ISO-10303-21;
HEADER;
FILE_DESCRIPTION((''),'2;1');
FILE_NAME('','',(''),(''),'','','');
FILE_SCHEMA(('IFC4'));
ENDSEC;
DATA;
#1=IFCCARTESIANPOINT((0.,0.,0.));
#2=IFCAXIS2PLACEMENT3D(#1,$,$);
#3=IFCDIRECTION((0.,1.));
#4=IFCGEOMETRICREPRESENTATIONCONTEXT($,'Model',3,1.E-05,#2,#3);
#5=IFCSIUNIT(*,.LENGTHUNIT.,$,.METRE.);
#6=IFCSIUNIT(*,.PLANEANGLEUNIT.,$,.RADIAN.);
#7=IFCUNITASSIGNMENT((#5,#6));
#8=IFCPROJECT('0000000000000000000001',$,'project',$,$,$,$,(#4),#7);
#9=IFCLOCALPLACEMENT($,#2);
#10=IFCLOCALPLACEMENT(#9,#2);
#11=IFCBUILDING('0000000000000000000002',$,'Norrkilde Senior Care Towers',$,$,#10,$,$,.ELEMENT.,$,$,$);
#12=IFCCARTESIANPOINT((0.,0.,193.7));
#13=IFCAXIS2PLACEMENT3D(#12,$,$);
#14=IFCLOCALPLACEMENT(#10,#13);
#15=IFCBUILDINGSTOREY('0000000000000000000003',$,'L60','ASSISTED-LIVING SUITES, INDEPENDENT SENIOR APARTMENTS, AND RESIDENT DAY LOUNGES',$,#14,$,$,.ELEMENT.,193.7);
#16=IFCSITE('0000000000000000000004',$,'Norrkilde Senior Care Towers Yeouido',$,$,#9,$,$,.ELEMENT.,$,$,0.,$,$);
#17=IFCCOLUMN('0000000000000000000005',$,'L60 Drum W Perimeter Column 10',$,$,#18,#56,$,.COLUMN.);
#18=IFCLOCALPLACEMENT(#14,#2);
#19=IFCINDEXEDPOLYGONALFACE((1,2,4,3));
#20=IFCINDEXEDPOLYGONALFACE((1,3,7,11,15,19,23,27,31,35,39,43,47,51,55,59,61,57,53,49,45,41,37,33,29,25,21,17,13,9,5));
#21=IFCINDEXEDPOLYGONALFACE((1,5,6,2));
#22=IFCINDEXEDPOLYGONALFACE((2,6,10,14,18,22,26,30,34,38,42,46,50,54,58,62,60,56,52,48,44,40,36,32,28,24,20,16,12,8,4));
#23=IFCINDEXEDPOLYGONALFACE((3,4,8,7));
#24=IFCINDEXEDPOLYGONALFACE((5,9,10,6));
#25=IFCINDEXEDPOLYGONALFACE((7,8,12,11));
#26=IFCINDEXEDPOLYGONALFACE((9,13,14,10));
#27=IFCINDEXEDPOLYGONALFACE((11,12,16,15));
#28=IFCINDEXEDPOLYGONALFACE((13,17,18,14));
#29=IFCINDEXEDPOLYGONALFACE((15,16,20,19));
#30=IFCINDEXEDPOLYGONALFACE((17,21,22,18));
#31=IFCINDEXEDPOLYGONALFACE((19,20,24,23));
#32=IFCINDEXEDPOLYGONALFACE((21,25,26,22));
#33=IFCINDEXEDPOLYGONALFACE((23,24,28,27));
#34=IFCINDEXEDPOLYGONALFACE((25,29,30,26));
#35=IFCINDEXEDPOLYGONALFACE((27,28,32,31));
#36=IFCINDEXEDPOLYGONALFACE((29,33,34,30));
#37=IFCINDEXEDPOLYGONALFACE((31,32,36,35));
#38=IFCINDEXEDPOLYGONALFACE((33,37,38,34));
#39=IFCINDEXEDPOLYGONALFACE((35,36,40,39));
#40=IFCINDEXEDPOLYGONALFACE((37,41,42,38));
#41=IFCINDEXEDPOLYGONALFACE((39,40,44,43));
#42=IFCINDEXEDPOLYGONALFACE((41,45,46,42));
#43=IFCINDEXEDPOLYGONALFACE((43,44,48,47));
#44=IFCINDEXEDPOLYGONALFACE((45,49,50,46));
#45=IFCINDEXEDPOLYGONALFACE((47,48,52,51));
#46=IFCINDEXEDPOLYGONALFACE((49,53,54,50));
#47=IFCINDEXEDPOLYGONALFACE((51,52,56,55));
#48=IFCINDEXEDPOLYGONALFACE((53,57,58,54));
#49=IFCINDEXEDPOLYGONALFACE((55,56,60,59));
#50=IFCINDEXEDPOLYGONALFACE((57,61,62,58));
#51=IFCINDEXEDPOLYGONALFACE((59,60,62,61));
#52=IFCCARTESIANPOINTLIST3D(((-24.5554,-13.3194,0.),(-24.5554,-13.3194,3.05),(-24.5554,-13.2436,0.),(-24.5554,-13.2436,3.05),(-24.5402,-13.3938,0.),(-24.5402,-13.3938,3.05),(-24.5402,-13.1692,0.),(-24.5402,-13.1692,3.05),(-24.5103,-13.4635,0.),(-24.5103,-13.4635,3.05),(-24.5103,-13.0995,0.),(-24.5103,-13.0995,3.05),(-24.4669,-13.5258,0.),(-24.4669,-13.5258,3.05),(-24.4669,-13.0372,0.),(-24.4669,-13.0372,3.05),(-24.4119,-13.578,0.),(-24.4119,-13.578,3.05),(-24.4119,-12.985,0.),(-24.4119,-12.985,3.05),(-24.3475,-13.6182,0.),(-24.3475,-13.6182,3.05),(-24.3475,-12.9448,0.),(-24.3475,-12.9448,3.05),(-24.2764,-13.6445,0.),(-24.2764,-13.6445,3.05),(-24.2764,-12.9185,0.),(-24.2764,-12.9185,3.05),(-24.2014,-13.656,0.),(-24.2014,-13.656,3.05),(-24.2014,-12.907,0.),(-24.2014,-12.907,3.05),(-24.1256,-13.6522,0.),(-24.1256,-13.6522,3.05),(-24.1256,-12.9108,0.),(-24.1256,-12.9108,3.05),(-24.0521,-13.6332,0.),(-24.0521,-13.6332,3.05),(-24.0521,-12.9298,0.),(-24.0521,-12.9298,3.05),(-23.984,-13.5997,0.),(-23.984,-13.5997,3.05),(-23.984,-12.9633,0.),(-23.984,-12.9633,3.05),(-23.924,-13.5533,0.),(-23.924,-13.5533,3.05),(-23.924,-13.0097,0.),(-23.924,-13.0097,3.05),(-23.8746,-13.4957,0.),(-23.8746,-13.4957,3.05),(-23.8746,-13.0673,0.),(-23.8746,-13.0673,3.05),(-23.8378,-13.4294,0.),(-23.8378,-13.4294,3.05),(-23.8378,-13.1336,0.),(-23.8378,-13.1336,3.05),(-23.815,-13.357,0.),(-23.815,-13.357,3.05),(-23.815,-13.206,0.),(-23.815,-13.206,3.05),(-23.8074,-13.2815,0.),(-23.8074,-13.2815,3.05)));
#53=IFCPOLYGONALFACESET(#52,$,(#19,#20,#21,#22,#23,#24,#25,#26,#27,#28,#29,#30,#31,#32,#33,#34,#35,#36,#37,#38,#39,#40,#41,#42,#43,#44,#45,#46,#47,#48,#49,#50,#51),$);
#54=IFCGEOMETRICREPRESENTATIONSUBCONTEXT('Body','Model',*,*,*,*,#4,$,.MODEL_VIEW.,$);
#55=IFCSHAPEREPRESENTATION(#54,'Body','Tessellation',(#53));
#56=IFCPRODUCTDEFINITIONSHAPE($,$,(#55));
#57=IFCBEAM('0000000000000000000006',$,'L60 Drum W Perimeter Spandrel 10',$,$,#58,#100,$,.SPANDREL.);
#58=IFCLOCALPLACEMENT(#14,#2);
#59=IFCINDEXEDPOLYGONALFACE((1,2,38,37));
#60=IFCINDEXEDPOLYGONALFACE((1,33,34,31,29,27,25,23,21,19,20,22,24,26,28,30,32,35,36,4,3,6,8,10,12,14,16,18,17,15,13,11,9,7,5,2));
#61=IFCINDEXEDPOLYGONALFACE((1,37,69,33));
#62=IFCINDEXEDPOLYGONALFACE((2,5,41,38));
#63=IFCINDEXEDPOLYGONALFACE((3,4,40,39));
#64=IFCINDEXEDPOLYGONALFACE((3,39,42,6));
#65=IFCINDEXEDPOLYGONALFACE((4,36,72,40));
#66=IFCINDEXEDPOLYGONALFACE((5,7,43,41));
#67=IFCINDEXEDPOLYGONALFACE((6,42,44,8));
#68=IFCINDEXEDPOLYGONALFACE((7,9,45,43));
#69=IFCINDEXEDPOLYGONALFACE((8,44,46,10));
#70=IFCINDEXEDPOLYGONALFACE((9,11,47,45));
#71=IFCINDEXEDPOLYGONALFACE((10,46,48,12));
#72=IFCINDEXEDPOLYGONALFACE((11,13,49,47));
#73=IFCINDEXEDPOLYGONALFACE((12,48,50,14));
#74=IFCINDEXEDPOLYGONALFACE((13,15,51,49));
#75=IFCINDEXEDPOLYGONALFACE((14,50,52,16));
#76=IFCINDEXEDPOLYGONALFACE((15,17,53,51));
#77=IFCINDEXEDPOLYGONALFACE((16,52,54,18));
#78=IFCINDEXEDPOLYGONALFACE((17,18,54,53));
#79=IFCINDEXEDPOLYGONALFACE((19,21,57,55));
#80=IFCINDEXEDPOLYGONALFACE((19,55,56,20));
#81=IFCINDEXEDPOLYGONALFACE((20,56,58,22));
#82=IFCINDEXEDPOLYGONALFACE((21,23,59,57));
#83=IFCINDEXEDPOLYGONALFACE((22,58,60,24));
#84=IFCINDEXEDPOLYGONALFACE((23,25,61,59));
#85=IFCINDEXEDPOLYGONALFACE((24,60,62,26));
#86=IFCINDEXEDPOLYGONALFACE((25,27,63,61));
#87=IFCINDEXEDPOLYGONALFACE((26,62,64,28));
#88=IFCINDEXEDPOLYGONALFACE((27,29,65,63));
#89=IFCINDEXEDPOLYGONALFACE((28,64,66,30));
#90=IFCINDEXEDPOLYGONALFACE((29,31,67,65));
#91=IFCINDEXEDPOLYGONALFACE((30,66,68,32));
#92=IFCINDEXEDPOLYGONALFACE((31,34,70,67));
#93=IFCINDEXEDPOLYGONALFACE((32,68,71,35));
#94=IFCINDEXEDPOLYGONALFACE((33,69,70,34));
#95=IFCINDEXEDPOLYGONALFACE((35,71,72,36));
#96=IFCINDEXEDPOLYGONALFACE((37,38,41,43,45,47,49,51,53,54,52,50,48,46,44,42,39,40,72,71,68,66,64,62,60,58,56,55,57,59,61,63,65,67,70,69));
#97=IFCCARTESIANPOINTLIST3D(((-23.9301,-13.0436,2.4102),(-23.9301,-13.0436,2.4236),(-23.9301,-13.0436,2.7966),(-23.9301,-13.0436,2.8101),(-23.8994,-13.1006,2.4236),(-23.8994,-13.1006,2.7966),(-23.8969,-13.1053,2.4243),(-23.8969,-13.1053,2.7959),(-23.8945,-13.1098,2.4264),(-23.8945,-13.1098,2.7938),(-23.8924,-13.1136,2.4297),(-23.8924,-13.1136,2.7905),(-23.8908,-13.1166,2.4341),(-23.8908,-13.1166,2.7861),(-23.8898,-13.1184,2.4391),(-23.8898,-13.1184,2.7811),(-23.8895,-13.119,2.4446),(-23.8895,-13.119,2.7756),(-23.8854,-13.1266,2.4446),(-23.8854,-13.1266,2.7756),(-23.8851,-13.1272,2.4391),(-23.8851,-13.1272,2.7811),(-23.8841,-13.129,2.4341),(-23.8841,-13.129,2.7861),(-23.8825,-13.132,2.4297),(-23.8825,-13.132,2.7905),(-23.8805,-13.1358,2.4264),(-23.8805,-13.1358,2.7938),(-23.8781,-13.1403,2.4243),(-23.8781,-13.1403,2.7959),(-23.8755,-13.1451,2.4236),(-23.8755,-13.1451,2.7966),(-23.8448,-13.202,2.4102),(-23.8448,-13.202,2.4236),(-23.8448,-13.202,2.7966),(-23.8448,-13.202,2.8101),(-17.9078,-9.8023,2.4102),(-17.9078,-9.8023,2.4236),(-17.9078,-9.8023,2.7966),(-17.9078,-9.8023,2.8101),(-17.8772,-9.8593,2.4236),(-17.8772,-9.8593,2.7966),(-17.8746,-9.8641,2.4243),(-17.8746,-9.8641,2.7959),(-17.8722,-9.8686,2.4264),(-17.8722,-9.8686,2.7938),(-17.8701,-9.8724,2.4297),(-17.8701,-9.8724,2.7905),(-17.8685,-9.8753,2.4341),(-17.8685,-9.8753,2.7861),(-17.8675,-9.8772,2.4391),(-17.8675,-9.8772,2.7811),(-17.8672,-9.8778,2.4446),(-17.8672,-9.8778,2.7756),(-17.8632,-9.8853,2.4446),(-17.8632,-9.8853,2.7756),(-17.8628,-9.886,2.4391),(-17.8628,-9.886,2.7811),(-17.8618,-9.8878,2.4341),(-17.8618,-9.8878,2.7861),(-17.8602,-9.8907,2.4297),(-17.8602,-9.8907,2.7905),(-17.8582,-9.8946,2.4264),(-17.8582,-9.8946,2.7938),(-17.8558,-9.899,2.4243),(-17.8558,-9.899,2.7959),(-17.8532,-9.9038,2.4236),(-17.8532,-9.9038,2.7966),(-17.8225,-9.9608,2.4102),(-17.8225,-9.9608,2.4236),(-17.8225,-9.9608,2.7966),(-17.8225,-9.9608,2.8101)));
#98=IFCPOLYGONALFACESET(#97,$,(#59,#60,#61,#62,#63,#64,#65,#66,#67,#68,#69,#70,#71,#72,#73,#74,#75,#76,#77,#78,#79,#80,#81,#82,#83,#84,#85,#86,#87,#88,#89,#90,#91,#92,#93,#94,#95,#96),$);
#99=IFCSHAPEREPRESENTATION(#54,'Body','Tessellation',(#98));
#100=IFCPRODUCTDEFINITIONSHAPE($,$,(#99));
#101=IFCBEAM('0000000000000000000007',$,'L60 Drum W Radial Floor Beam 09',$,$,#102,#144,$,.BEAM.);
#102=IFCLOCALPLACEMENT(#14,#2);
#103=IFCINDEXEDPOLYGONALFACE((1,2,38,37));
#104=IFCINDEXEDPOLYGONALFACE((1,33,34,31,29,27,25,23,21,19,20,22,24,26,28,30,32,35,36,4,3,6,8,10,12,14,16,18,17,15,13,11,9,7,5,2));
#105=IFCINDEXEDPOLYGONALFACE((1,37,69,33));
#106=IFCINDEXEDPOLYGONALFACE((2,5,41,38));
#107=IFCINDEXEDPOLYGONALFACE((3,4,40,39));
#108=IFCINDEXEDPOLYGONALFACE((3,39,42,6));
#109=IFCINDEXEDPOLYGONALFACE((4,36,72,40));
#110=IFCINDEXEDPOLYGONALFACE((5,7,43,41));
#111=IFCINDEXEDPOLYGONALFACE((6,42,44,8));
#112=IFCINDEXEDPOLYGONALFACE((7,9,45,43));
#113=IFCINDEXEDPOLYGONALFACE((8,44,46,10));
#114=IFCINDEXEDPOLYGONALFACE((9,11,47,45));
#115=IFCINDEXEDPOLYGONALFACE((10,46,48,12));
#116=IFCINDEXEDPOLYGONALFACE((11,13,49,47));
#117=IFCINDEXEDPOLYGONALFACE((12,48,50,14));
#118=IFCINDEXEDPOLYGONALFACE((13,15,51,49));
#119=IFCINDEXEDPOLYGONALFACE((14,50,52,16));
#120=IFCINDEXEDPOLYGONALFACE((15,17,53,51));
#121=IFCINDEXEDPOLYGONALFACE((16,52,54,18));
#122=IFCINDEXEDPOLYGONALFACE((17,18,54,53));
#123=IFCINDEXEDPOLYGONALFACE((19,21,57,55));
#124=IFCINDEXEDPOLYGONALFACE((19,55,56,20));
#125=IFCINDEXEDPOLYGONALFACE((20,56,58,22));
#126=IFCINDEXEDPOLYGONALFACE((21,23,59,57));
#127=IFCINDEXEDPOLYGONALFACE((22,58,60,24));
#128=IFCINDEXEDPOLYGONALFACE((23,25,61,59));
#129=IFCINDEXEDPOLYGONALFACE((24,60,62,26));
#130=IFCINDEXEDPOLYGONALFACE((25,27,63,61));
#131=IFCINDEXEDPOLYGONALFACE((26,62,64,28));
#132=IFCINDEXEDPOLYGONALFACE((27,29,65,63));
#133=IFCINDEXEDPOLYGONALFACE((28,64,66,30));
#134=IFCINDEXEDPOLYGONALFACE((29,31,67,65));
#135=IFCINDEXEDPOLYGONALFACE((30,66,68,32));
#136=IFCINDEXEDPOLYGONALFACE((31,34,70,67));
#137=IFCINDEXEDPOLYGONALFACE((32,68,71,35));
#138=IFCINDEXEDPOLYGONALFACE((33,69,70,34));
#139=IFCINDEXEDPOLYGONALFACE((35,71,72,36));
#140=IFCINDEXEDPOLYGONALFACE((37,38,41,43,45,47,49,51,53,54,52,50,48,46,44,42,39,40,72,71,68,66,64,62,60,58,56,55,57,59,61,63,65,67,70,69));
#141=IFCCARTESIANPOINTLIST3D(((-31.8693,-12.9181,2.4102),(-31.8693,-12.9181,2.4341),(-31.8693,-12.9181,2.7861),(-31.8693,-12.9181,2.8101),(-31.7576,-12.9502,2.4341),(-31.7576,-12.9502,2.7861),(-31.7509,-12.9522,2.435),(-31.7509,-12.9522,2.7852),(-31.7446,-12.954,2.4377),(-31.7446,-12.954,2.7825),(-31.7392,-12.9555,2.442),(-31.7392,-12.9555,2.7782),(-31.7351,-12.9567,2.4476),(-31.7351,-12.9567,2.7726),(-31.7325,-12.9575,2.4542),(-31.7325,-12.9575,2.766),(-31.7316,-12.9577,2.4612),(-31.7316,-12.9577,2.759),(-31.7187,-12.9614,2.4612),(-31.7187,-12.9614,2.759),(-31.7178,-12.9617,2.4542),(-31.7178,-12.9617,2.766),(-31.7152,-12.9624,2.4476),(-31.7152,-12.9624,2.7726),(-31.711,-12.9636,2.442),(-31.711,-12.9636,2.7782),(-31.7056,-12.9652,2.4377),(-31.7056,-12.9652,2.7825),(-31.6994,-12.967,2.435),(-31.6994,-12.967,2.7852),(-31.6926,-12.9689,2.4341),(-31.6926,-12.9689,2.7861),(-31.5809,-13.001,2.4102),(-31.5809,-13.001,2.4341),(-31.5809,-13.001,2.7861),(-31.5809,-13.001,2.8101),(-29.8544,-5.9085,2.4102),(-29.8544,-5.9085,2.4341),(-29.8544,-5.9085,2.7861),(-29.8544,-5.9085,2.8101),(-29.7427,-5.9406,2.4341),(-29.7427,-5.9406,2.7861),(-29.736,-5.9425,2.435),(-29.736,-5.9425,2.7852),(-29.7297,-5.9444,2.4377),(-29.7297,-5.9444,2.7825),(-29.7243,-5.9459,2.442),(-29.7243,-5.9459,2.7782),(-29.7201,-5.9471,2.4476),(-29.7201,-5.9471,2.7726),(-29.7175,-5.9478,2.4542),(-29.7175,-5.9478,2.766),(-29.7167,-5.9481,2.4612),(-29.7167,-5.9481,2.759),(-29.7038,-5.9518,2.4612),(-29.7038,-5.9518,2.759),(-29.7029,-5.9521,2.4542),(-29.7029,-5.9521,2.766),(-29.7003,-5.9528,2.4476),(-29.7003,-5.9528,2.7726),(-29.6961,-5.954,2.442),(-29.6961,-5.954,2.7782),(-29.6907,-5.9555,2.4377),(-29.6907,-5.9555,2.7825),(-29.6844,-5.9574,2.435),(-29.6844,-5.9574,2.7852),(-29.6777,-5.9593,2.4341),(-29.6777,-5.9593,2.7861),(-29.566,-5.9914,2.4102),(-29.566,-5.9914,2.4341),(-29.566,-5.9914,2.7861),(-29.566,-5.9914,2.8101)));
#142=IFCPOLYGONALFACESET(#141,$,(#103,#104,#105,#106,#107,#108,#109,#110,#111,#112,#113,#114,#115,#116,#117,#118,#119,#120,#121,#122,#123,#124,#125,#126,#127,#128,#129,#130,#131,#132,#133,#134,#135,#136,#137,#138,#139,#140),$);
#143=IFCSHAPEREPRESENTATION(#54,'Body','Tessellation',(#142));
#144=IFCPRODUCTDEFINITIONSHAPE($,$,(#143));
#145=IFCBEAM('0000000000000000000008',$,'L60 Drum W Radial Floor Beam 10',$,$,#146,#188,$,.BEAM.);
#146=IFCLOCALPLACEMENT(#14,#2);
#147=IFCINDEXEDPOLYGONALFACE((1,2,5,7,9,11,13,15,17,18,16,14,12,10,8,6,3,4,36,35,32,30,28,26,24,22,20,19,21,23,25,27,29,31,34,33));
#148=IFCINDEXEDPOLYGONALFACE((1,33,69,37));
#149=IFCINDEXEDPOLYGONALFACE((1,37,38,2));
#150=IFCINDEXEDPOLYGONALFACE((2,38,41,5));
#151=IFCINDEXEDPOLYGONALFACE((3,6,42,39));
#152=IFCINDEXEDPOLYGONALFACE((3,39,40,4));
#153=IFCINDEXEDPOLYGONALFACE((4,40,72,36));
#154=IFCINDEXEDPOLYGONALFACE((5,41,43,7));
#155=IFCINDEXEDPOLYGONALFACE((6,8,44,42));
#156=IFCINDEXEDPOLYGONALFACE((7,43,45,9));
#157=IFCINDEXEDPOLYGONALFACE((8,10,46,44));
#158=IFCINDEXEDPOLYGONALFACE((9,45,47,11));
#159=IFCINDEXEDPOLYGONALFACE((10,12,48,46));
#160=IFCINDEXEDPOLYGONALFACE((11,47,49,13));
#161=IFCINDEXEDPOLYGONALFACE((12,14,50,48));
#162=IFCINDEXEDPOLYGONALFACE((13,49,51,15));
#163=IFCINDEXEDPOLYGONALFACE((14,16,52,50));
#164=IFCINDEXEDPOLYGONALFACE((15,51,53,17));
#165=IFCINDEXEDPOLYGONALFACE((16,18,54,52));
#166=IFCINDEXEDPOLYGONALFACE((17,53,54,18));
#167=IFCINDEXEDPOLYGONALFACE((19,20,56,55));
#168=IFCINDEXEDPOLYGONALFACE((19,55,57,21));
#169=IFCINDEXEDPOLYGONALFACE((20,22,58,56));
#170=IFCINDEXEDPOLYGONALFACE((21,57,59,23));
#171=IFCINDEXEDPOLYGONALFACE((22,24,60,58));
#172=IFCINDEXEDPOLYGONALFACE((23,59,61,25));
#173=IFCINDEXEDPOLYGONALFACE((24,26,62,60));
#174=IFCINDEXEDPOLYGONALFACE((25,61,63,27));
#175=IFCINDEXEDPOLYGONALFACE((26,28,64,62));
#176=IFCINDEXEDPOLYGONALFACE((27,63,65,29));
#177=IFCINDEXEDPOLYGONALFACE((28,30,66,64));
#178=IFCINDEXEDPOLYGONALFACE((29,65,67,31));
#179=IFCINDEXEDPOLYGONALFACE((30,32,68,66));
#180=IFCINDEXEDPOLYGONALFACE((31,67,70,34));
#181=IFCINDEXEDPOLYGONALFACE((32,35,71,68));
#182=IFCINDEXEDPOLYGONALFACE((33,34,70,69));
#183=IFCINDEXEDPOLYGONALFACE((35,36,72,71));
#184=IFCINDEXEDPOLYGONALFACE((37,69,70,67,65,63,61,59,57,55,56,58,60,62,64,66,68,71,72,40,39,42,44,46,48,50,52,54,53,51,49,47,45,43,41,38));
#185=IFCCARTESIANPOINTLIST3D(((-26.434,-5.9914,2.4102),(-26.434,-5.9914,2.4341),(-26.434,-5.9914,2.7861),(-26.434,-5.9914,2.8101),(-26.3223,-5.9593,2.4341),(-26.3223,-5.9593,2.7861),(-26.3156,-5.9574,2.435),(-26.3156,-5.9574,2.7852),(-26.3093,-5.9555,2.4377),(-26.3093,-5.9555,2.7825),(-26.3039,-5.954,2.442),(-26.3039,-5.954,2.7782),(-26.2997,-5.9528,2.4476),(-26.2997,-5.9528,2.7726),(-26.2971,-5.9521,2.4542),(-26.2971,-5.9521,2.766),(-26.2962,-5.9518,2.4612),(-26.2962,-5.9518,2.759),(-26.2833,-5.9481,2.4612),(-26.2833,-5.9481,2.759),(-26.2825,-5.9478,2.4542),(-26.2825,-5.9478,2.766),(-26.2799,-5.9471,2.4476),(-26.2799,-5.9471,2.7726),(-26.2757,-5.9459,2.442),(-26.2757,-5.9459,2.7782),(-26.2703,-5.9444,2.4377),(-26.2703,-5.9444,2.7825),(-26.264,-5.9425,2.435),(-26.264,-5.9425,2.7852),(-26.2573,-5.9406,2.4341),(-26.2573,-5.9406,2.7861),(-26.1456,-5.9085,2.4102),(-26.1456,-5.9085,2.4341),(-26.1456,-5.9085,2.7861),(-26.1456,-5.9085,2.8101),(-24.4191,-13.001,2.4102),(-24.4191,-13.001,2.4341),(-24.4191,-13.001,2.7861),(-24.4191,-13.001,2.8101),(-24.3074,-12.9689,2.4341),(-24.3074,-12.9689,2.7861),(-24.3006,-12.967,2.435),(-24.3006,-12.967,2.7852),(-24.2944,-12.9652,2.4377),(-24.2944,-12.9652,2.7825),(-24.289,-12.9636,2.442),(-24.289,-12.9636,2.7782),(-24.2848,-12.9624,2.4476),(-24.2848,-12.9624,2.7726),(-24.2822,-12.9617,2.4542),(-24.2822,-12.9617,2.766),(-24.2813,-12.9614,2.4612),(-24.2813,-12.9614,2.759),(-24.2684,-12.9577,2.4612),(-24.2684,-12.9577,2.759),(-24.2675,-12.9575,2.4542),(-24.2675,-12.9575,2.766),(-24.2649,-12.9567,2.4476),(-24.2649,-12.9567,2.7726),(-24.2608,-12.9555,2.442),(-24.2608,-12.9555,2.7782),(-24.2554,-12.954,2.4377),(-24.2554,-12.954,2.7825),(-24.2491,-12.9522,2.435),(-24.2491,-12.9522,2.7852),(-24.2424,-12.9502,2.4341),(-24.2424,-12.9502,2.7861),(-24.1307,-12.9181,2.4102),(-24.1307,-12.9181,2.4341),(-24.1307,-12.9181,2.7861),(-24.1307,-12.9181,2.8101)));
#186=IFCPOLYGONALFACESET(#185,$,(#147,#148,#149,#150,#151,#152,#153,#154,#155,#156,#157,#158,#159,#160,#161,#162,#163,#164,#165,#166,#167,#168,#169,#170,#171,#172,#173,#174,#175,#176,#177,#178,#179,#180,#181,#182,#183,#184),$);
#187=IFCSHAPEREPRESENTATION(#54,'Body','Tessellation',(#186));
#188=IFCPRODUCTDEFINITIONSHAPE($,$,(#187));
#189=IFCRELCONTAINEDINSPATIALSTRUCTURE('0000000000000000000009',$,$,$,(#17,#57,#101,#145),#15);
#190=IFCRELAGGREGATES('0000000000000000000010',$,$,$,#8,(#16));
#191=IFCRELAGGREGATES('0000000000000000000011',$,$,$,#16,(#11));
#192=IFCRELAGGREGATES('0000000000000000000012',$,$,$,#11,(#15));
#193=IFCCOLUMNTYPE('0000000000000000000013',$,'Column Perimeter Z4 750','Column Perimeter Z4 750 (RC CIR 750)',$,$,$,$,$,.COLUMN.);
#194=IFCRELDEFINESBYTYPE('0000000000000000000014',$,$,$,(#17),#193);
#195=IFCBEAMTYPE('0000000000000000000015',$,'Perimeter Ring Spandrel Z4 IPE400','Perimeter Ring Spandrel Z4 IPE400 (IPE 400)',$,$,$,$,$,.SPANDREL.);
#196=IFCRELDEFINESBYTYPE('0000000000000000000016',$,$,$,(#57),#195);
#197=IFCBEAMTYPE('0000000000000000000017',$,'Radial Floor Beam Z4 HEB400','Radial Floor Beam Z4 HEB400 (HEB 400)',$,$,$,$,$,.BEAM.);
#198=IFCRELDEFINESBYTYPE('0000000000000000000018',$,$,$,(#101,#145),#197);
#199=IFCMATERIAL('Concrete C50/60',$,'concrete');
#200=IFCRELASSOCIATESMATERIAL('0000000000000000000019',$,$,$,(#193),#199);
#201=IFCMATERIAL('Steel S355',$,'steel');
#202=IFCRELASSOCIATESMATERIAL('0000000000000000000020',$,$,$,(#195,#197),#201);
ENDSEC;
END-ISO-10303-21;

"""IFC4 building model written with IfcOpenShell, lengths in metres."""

from ifc_helpers import new_model, si_unit, direction, frame, origin, origin_2d, place, context, subcontext, project, spatial, circle, i_section, extrude, source, transform, mapped, material, material_profile, profile_set, type_object, type_shapes, element, save


model = new_model("IFC4")

# Units and contexts
model_context = context("Model", 3, precision=1e-05, world=origin(), true_north=direction((0.0, 1.0)))
body_context = subcontext(model_context, "Body", "Model", "MODEL_VIEW")
ifc_project = project(units=[si_unit("LENGTHUNIT", "METRE"), si_unit("PLANEANGLEUNIT", "RADIAN")], contexts=[model_context])

# Site, building, storey
site_placement = place(None, origin())
site = spatial("IfcSite", under=ifc_project, at=site_placement, Name="Norrkilde Senior Care Towers Yeouido", CompositionType="ELEMENT", RefElevation=0.0)
building_placement = place(site_placement, origin())
building = spatial("IfcBuilding", under=site, at=building_placement, Name="Norrkilde Senior Care Towers", CompositionType="ELEMENT")
storey_placement = place(building_placement, frame((0.0, 0.0, 193.7)))
storey = spatial("IfcBuildingStorey", under=building, at=storey_placement, Name="L60", Description="ASSISTED-LIVING SUITES, INDEPENDENT SENIOR APARTMENTS, AND RESIDENT DAY LOUNGES", CompositionType="ELEMENT", Elevation=193.7)

# Column
ifc_material_1 = material(Name="Concrete C50/60", Category="concrete")
ifc_material_profile_1 = material_profile(ifc_material_1, circle(Radius=0.375, at=origin_2d()), Name="RC CIR 750")
ifc_profile_set_1 = profile_set([ifc_material_profile_1], Name="Concrete C50/60")
column_type = type_object("IfcColumnType", Name="Column Perimeter Z4 750", Description="Column Perimeter Z4 750 (RC CIR 750)", PredefinedType="COLUMN", material=ifc_profile_set_1)
shared_shape_1 = source(origin(), body_context, "Body", "SweptSolid", [
    extrude(circle(Radius=0.375, at=origin_2d()), origin(), (0.0, 0.0, 1.0), 3.05),
])
type_shapes(column_type, [shared_shape_1])
column_placement = place(storey_placement, frame((-24.1824, -13.2815, 0.0), z_axis=(0.0, 0.0, 1.0), x_axis=(1.0, 0.0, 0.0)))
element("IfcColumn", 1, at=column_placement, inside=storey, type_object=column_type, Name="L60 Drum W Perimeter Column 10", PredefinedType="COLUMN", context=body_context, shape_type="MappedRepresentation", body=[
    mapped(shared_shape_1, transform((0.0, 0.0, 0.0), x_axis=(1.0, 0.0, 0.0), y_axis=(0.0, 1.0, 0.0), z_axis=(0.0, 0.0, 1.0), scale=1.0)),
])

# Beams
ifc_material_2 = material(Name="Steel S355", Category="steel")
ifc_material_profile_2 = material_profile(ifc_material_2, i_section(OverallWidth=0.1799, OverallDepth=0.3999, WebThickness=0.0085, FlangeThickness=0.0134, FilletRadius=0.021, at=origin_2d()), Name="IPE 400")
ifc_profile_set_2 = profile_set([ifc_material_profile_2], Name="Steel S355")
beam_type_1 = type_object("IfcBeamType", Name="Perimeter Ring Spandrel Z4 IPE400", Description="Perimeter Ring Spandrel Z4 IPE400 (IPE 400)", PredefinedType="SPANDREL", material=ifc_profile_set_2)
shared_shape_2 = source(origin(), body_context, "Body", "SweptSolid", [
    extrude(i_section(OverallWidth=0.1799, OverallDepth=0.3999, WebThickness=0.0085, FlangeThickness=0.0134, FilletRadius=0.021, at=origin_2d()), origin(), (0.0, 0.0, 1.0), 6.8391),
])
type_shapes(beam_type_1, [shared_shape_2])
beam_placement = place(storey_placement, frame((-23.8875, -13.1228, 2.6101), z_axis=(0.880564, 0.473927, 0.0), x_axis=(-0.473927, 0.880564, 0.0)))
element("IfcBeam", 2, at=beam_placement, inside=storey, type_object=beam_type_1, Name="L60 Drum W Perimeter Spandrel 10", PredefinedType="SPANDREL", context=body_context, shape_type="MappedRepresentation", body=[
    mapped(shared_shape_2, transform((0.0, 0.0, 0.0), x_axis=(1.0, 0.0, 0.0), y_axis=(0.0, 1.0, 0.0), z_axis=(0.0, 0.0, 1.0), scale=1.0)),
])
ifc_material_profile_3 = material_profile(ifc_material_2, i_section(OverallWidth=0.3, OverallDepth=0.3999, WebThickness=0.0134, FlangeThickness=0.0239, FilletRadius=0.0271, at=origin_2d()), Name="HEB 400")
ifc_profile_set_3 = profile_set([ifc_material_profile_3], Name="Steel S355")
beam_type_2 = type_object("IfcBeamType", Name="Radial Floor Beam Z4 HEB400", Description="Radial Floor Beam Z4 HEB400 (HEB 400)", PredefinedType="BEAM", material=ifc_profile_set_3)
shared_shape_3 = source(origin(), body_context, "Body", "SweptSolid", [
    extrude(i_section(OverallWidth=0.3, OverallDepth=0.3999, WebThickness=0.0134, FlangeThickness=0.0239, FilletRadius=0.0271, at=origin_2d()), origin(), (0.0, 0.0, 1.0), 7.2935),
])
type_shapes(beam_type_2, [shared_shape_3])
for number, where, z_axis, x_axis, name in (
    (3, (-29.7102, -5.95, 2.6101), (-0.276264, -0.961082, 0.0), (0.961082, -0.276264, 0.0), "L60 Drum W Radial Floor Beam 09"),
    (4, (-26.2898, -5.95, 2.6101), (0.276264, -0.961082, 0.0), (0.961082, 0.276264, 0.0), "L60 Drum W Radial Floor Beam 10"),
):
    element("IfcBeam", number, at=place(storey_placement, frame(where, z_axis=z_axis, x_axis=x_axis)), inside=storey, type_object=beam_type_2, Name=name, PredefinedType="BEAM", context=body_context, shape_type="MappedRepresentation", body=[
        mapped(shared_shape_3, transform((0.0, 0.0, 0.0), x_axis=(1.0, 0.0, 0.0), y_axis=(0.0, 1.0, 0.0), z_axis=(0.0, 0.0, 1.0), scale=1.0)),
    ])

save(model, "model.ifc")
